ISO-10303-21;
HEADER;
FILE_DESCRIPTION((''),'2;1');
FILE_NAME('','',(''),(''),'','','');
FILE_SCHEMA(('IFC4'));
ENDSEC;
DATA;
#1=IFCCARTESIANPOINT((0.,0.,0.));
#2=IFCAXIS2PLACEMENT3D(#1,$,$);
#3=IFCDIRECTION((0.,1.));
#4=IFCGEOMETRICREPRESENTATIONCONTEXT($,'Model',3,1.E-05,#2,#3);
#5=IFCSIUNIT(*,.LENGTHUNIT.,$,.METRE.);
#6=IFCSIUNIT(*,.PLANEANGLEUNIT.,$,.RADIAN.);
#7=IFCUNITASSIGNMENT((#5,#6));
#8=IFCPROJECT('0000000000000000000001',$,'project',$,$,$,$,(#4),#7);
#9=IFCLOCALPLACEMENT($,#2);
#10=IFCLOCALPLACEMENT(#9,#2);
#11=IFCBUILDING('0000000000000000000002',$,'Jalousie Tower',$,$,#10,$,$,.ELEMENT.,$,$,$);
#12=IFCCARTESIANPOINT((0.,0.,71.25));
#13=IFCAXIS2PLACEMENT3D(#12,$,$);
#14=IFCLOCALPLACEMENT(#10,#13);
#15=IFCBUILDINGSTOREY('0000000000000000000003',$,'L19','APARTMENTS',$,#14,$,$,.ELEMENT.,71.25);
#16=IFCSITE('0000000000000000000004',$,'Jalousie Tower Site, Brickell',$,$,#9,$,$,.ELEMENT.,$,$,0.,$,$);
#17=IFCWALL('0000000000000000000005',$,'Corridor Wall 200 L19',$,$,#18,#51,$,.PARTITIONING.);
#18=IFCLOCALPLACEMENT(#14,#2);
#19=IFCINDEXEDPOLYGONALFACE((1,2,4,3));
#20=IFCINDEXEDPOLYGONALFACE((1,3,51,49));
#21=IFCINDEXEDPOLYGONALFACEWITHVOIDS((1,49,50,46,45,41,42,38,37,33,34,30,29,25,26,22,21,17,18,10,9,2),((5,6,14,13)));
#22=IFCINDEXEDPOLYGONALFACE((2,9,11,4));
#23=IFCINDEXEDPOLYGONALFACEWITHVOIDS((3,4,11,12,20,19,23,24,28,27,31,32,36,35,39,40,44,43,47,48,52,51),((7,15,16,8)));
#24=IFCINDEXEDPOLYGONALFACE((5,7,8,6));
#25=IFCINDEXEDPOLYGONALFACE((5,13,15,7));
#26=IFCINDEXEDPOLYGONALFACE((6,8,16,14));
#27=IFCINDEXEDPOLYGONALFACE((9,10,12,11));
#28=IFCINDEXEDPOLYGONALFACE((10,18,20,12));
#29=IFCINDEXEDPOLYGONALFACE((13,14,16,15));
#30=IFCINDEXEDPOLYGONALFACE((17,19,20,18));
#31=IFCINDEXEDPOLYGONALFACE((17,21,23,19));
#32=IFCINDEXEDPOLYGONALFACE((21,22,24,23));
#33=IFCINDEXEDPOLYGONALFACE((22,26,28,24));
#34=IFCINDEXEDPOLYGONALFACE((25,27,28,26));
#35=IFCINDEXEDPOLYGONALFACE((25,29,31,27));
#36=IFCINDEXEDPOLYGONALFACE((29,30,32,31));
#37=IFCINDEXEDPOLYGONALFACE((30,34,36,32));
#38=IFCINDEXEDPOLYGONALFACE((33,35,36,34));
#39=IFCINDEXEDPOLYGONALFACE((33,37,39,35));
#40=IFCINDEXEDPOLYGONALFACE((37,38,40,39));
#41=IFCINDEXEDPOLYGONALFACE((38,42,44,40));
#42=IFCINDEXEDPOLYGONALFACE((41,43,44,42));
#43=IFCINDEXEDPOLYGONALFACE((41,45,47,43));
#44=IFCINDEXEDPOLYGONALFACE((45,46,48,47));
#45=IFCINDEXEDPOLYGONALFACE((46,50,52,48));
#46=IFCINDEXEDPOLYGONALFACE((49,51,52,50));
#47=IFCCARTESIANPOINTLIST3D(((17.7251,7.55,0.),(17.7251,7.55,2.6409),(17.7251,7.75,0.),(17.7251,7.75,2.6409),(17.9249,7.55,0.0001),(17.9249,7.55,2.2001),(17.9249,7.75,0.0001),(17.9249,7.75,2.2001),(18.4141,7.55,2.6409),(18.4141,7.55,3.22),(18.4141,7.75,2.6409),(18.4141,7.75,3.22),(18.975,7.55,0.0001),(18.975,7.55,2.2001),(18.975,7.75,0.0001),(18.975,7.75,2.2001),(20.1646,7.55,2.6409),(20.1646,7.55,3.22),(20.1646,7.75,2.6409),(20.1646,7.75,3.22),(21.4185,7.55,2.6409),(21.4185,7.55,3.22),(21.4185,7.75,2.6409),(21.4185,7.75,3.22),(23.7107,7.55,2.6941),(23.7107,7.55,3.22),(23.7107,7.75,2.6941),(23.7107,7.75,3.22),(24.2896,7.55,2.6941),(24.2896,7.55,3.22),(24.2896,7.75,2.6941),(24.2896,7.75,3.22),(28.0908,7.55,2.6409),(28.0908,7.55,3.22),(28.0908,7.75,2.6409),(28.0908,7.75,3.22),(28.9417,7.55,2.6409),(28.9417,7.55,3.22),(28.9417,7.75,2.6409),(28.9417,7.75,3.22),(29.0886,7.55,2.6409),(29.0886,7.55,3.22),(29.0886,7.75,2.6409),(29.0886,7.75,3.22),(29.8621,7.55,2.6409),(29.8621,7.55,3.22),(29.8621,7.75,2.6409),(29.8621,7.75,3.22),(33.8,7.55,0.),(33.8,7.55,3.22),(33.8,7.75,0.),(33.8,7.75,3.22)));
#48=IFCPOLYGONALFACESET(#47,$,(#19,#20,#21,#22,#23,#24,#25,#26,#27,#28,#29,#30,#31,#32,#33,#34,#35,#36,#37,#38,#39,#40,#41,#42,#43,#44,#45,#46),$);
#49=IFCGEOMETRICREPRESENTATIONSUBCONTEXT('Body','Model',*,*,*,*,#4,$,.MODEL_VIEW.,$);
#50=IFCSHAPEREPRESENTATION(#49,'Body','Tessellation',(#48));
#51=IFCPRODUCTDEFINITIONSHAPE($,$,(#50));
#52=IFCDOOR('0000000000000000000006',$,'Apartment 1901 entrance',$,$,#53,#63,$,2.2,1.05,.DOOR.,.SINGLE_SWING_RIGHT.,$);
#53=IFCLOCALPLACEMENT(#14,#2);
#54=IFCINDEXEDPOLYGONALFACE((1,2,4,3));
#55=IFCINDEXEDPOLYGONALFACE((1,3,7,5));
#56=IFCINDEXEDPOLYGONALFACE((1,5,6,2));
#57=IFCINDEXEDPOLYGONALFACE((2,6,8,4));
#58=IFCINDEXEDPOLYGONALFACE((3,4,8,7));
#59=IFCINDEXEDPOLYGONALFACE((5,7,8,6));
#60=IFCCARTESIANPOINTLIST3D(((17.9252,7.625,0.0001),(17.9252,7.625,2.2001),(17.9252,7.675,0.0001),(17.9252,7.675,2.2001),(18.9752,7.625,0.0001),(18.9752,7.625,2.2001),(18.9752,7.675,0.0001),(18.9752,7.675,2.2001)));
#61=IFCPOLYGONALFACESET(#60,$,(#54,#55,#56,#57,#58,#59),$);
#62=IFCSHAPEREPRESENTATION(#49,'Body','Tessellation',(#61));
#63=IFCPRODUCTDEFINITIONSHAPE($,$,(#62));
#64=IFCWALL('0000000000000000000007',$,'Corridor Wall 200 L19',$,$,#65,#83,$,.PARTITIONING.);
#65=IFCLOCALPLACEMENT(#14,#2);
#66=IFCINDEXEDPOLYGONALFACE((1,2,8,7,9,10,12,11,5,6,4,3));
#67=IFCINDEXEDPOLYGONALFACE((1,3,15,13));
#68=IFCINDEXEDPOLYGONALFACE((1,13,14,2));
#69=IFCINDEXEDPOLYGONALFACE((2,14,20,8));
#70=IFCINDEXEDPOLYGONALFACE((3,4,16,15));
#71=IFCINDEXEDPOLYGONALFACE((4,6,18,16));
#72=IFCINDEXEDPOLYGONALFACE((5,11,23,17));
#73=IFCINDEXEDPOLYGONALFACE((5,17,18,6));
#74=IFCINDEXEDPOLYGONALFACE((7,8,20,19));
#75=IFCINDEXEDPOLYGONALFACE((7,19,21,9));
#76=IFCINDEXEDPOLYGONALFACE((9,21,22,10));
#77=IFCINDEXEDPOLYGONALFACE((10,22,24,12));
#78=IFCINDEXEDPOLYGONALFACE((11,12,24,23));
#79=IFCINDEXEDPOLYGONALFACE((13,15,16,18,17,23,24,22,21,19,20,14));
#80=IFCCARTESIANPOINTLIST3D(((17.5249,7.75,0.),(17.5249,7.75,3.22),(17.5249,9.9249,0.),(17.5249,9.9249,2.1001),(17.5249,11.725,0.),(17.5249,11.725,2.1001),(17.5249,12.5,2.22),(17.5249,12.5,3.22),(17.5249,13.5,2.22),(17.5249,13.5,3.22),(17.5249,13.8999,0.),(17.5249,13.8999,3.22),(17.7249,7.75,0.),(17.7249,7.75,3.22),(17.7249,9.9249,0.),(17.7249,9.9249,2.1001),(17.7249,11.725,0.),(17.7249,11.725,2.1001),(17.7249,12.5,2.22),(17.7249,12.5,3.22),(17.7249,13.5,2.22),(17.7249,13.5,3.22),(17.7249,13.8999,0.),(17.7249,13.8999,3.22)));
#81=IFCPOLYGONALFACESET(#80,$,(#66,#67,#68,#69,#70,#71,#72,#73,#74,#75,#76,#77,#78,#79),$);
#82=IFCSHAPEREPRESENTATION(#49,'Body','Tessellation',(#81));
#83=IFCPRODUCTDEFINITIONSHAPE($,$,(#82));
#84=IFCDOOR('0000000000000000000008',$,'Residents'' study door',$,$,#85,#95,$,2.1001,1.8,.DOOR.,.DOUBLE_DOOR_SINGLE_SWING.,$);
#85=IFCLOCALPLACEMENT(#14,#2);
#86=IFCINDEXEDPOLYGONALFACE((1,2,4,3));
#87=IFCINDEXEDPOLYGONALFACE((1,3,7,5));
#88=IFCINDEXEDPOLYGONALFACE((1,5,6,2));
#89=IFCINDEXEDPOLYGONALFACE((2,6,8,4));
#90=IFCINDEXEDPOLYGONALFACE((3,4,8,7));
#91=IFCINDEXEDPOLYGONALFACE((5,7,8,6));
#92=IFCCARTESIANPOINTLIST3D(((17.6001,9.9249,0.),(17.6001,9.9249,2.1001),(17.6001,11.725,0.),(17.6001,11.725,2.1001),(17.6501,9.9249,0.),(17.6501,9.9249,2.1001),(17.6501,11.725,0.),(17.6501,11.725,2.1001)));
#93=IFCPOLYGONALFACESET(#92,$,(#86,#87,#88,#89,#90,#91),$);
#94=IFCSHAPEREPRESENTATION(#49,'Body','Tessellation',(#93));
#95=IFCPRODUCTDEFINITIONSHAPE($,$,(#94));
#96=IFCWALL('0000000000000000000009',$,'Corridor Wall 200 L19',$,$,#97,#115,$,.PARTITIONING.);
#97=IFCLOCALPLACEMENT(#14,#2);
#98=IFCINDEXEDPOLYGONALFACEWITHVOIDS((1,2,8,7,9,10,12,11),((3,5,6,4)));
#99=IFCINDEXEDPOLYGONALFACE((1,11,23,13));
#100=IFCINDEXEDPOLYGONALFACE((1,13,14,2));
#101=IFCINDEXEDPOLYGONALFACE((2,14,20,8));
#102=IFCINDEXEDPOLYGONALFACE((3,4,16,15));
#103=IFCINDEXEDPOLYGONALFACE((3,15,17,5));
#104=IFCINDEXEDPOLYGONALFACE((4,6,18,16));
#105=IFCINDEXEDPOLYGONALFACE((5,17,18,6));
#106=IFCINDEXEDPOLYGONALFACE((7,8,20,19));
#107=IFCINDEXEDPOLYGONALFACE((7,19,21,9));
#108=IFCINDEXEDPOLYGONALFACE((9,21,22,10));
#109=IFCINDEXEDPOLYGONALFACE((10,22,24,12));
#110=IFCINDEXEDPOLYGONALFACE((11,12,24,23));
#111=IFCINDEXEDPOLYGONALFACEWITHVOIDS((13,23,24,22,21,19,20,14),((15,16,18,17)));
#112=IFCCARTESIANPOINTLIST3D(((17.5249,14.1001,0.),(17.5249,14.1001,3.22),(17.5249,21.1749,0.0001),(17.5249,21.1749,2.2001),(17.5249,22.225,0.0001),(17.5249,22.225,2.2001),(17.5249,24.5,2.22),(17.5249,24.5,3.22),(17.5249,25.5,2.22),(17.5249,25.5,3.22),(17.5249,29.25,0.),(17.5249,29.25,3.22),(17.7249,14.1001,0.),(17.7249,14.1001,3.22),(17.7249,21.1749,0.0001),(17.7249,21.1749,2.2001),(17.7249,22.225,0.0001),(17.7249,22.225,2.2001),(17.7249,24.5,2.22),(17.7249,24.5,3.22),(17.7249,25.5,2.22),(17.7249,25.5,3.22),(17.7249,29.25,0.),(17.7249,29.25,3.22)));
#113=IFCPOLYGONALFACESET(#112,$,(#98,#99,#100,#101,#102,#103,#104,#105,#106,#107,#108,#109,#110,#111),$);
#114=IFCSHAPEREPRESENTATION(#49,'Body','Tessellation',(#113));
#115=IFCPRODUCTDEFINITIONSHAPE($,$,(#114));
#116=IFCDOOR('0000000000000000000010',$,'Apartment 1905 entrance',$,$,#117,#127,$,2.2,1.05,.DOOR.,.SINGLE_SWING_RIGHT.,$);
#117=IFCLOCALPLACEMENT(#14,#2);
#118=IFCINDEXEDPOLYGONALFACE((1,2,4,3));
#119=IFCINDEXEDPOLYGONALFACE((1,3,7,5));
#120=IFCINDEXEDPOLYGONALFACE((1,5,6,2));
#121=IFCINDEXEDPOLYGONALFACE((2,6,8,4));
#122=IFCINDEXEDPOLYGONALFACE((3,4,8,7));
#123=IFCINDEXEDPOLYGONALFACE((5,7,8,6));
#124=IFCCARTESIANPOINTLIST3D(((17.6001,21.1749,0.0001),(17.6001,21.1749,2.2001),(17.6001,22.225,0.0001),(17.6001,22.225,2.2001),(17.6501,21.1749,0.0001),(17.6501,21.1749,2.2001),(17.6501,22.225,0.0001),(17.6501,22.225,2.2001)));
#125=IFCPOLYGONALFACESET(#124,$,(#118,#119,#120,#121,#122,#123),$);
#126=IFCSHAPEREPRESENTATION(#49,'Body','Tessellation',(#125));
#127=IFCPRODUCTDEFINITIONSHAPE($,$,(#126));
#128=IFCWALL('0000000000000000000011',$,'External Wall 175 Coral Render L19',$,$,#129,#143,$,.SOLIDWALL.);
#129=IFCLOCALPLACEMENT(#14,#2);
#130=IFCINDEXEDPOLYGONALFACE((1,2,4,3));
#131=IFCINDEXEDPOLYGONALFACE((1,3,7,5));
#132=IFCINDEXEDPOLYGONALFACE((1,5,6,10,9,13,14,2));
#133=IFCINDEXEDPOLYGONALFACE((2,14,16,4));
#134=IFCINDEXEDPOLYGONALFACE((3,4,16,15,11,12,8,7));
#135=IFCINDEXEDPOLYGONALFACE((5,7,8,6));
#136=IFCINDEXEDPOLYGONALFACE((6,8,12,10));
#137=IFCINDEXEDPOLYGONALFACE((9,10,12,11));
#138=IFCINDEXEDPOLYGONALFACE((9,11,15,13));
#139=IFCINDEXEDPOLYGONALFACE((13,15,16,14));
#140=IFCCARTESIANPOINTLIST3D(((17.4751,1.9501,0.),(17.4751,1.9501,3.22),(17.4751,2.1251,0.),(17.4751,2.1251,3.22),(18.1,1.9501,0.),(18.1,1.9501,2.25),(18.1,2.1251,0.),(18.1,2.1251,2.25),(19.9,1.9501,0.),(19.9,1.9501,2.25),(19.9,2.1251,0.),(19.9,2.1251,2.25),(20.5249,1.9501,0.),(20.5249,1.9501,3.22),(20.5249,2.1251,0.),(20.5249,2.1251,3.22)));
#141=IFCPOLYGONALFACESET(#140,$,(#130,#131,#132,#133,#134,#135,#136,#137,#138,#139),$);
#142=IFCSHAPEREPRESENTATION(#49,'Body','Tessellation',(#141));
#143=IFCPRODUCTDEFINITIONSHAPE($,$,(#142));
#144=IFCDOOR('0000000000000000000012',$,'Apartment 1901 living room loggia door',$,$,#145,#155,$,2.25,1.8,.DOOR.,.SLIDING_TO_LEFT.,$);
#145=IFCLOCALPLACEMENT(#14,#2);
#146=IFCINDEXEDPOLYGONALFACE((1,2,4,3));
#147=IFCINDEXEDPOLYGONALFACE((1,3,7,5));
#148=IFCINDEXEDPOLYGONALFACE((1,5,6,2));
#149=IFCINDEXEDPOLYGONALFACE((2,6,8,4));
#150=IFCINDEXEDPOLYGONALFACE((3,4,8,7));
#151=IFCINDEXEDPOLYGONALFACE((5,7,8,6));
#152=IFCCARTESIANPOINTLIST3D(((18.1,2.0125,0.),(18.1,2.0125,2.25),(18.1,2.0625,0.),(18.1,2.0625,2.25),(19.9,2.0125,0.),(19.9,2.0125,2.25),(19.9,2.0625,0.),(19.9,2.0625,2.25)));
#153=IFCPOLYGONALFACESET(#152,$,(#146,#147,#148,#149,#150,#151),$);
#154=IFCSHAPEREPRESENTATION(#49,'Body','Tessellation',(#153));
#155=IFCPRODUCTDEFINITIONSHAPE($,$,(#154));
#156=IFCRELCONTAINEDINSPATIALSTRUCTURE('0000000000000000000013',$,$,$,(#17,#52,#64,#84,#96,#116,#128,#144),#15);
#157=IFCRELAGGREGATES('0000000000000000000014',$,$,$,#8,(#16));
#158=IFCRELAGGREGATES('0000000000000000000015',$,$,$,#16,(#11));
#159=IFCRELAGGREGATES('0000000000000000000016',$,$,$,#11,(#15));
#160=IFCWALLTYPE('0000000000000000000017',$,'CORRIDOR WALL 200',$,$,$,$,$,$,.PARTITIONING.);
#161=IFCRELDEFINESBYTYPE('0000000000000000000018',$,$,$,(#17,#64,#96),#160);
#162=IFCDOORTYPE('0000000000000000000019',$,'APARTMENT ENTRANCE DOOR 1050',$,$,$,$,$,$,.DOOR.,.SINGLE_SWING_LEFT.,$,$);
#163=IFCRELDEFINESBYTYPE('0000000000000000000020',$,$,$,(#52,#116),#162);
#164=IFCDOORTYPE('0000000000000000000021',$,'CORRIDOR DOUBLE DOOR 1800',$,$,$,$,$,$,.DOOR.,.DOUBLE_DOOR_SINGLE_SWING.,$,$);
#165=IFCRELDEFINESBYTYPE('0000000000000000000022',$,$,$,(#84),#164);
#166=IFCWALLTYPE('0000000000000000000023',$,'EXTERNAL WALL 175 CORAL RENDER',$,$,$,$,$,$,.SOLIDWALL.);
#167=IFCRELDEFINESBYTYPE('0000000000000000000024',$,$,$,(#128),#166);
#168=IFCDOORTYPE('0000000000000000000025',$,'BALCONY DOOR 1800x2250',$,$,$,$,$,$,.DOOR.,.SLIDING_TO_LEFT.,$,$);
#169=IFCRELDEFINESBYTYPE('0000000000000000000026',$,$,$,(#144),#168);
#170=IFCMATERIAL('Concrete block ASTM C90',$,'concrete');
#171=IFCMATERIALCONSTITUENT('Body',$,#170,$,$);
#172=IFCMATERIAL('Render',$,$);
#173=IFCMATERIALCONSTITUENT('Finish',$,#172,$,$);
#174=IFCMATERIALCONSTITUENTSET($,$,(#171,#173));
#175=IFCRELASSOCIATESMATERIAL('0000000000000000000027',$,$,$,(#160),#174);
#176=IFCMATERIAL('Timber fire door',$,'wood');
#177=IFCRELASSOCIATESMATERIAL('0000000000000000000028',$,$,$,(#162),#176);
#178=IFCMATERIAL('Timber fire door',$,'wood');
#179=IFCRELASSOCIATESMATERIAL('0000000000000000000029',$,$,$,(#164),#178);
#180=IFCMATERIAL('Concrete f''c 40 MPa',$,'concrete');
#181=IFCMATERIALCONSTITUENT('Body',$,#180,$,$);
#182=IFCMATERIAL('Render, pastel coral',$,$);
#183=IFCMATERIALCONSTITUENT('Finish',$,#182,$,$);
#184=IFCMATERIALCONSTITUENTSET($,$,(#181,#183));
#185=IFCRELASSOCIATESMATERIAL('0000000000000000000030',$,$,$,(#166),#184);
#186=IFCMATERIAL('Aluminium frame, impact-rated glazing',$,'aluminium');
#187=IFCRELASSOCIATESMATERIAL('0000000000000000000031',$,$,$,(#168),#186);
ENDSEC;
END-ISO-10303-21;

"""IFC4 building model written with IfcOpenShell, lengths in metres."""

from ifc_helpers import new_model, si_unit, direction, frame, frame_2d, origin, place, context, subcontext, project, spatial, polyline, rectangle, outline, extrude, material, constituent, constituent_set, type_object, element, fill, save


model = new_model("IFC4")

# Units and contexts
model_context = context("Model", 3, precision=1e-05, world=origin(), true_north=direction((0.0, 1.0)))
body_context = subcontext(model_context, "Body", "Model", "MODEL_VIEW")
ifc_project = project(units=[si_unit("LENGTHUNIT", "METRE"), si_unit("PLANEANGLEUNIT", "RADIAN")], contexts=[model_context])

# Site, building, storey
site_placement = place(None, origin())
site = spatial("IfcSite", under=ifc_project, at=site_placement, Name="Jalousie Tower Site, Brickell", CompositionType="ELEMENT", RefElevation=0.0)
building_placement = place(site_placement, origin())
building = spatial("IfcBuilding", under=site, at=building_placement, Name="Jalousie Tower", CompositionType="ELEMENT")
storey_placement = place(building_placement, frame((0.0, 0.0, 71.25)))
storey = spatial("IfcBuildingStorey", under=building, at=storey_placement, Name="L19", Description="APARTMENTS", CompositionType="ELEMENT", Elevation=71.25)

# Walls, openings, doors
ifc_material_1 = material(Name="Concrete block ASTM C90", Category="concrete")
ifc_constituent_1 = constituent(ifc_material_1, Name="Body")
ifc_material_2 = material(Name="Render")
ifc_constituent_2 = constituent(ifc_material_2, Name="Finish")
ifc_constituent_set_1 = constituent_set(constituents=[ifc_constituent_1, ifc_constituent_2])
wall_type_1 = type_object("IfcWallType", Name="CORRIDOR WALL 200", PredefinedType="PARTITIONING", material=ifc_constituent_set_1)
wall_1_placement = place(storey_placement, frame((17.7251, 7.6499, 0.0), z_axis=(0.0, 0.0, 1.0), x_axis=(1.0, 0.0, 0.0)))
wall_1 = element("IfcWall", 1, at=wall_1_placement, inside=storey, type_object=wall_type_1, Name="Corridor Wall 200 L19", PredefinedType="PARTITIONING", context=body_context, shape_type="SweptSolid", body=[
    extrude(outline(polyline([(0.0, 0.0), (16.075, 0.0), (16.075, 3.22), (12.137, 3.22), (12.137, 2.6409), (11.3635, 2.6409), (11.3635, 3.22), (11.2166, 3.22), (11.2166, 2.6409), (10.3657, 2.6409), (10.3657, 3.22), (6.5645, 3.22), (6.5645, 2.6941), (5.9856, 2.6941), (5.9856, 3.22), (3.6934, 3.22), (3.6934, 2.6409), (2.4395, 2.6409), (2.4395, 3.22), (0.689, 3.22), (0.689, 2.6409), (0.0, 2.6409), (0.0, 0.0)])), frame((0.0, 0.1001, 0.0), z_axis=(0.0, -1.0, 0.0), x_axis=(1.0, 0.0, 0.0)), (0.0, 0.0, 1.0), 0.2),
])
opening_1_placement = place(wall_1_placement, frame((0.2, 0.0, 0.0)))
opening_1 = element("IfcOpeningElement", 2, at=opening_1_placement, cuts=wall_1, PredefinedType="OPENING", context=body_context, shape_type="SweptSolid", body=[
    extrude(rectangle(XDim=1.05, YDim=2.2, at=frame_2d((0.5249, 1.1001))), frame((0.0, 0.1099, 0.0), z_axis=(0.0, -1.0, 0.0), x_axis=(1.0, 0.0, 0.0)), (0.0, 0.0, 1.0), 0.22),
])
ifc_material_3 = material(Name="Timber fire door", Category="wood")
door_type_1 = type_object("IfcDoorType", Name="APARTMENT ENTRANCE DOOR 1050", OperationType="SINGLE_SWING_LEFT", PredefinedType="DOOR", material=ifc_material_3)
door_1_placement = place(opening_1_placement, frame((1.05, 0.0, 0.0), z_axis=(0.0, 0.0, 1.0), x_axis=(-1.0, 0.0, 0.0)))
door_1 = element("IfcDoor", 3, at=door_1_placement, inside=storey, type_object=door_type_1, Name="Apartment 1901 entrance", OperationType="SINGLE_SWING_RIGHT", OverallHeight=2.2, OverallWidth=1.05, PredefinedType="DOOR", context=body_context, shape_type="SweptSolid", body=[
    extrude(rectangle(XDim=1.05, YDim=2.2, at=frame_2d((0.5249, 1.1001))), frame((0.0, 0.0249, 0.0), z_axis=(0.0, -1.0, 0.0), x_axis=(1.0, 0.0, 0.0)), (0.0, 0.0, 1.0), 0.05),
])
fill(opening_1, door_1)
wall_2_placement = place(storey_placement, frame((17.625, 7.75, 0.0), z_axis=(0.0, 0.0, 1.0), x_axis=(0.0, 1.0, 0.0)))
wall_2 = element("IfcWall", 4, at=wall_2_placement, inside=storey, type_object=wall_type_1, Name="Corridor Wall 200 L19", PredefinedType="PARTITIONING", context=body_context, shape_type="SweptSolid", body=[
    extrude(outline(polyline([(0.0, 0.0), (6.1499, 0.0), (6.1499, 3.22), (5.75, 3.22), (5.75, 2.22), (4.75, 2.22), (4.75, 3.22), (0.0, 3.22), (0.0, 0.0)])), frame((0.0, 0.1001, 0.0), z_axis=(0.0, -1.0, 0.0), x_axis=(1.0, 0.0, 0.0)), (0.0, 0.0, 1.0), 0.2),
])
opening_2_placement = place(wall_2_placement, frame((2.175, 0.0, 0.0)))
opening_2 = element("IfcOpeningElement", 5, at=opening_2_placement, cuts=wall_2, PredefinedType="OPENING", context=body_context, shape_type="SweptSolid", body=[
    extrude(rectangle(XDim=1.8, YDim=2.1001, at=frame_2d((0.8999, 1.05))), frame((0.0, 0.1099, 0.0), z_axis=(0.0, -1.0, 0.0), x_axis=(1.0, 0.0, 0.0)), (0.0, 0.0, 1.0), 0.22),
])
ifc_material_4 = material(Name="Timber fire door", Category="wood")
door_type_2 = type_object("IfcDoorType", Name="CORRIDOR DOUBLE DOOR 1800", OperationType="DOUBLE_DOOR_SINGLE_SWING", PredefinedType="DOOR", material=ifc_material_4)
door_2_placement = place(opening_2_placement, origin())
door_2 = element("IfcDoor", 6, at=door_2_placement, inside=storey, type_object=door_type_2, Name="Residents' study door", OperationType="DOUBLE_DOOR_SINGLE_SWING", OverallHeight=2.1001, OverallWidth=1.8, PredefinedType="DOOR", context=body_context, shape_type="SweptSolid", body=[
    extrude(rectangle(XDim=1.8, YDim=2.1001, at=frame_2d((0.8999, 1.05))), frame((0.0, 0.0249, 0.0), z_axis=(0.0, -1.0, 0.0), x_axis=(1.0, 0.0, 0.0)), (0.0, 0.0, 1.0), 0.05),
])
fill(opening_2, door_2)
wall_3_placement = place(storey_placement, frame((17.625, 14.1001, 0.0), z_axis=(0.0, 0.0, 1.0), x_axis=(0.0, 1.0, 0.0)))
wall_3 = element("IfcWall", 7, at=wall_3_placement, inside=storey, type_object=wall_type_1, Name="Corridor Wall 200 L19", PredefinedType="PARTITIONING", context=body_context, shape_type="SweptSolid", body=[
    extrude(outline(polyline([(0.0, 0.0), (15.1499, 0.0), (15.1499, 3.22), (11.3999, 3.22), (11.3999, 2.22), (10.3999, 2.22), (10.3999, 3.22), (0.0, 3.22), (0.0, 0.0)])), frame((0.0, 0.1001, 0.0), z_axis=(0.0, -1.0, 0.0), x_axis=(1.0, 0.0, 0.0)), (0.0, 0.0, 1.0), 0.2),
])
opening_3_placement = place(wall_3_placement, frame((7.075, 0.0, 0.0)))
opening_3 = element("IfcOpeningElement", 8, at=opening_3_placement, cuts=wall_3, PredefinedType="OPENING", context=body_context, shape_type="SweptSolid", body=[
    extrude(rectangle(XDim=1.05, YDim=2.2, at=frame_2d((0.5249, 1.1001))), frame((0.0, 0.1099, 0.0), z_axis=(0.0, -1.0, 0.0), x_axis=(1.0, 0.0, 0.0)), (0.0, 0.0, 1.0), 0.22),
])
door_3_placement = place(opening_3_placement, origin())
door_3 = element("IfcDoor", 9, at=door_3_placement, inside=storey, type_object=door_type_1, Name="Apartment 1905 entrance", OperationType="SINGLE_SWING_RIGHT", OverallHeight=2.2, OverallWidth=1.05, PredefinedType="DOOR", context=body_context, shape_type="SweptSolid", body=[
    extrude(rectangle(XDim=1.05, YDim=2.2, at=frame_2d((0.5249, 1.1001))), frame((0.0, 0.0249, 0.0), z_axis=(0.0, -1.0, 0.0), x_axis=(1.0, 0.0, 0.0)), (0.0, 0.0, 1.0), 0.05),
])
fill(opening_3, door_3)
ifc_material_5 = material(Name="Concrete f'c 40 MPa", Category="concrete")
ifc_constituent_3 = constituent(ifc_material_5, Name="Body")
ifc_material_6 = material(Name="Render, pastel coral")
ifc_constituent_4 = constituent(ifc_material_6, Name="Finish")
ifc_constituent_set_2 = constituent_set(constituents=[ifc_constituent_3, ifc_constituent_4])
wall_type_2 = type_object("IfcWallType", Name="EXTERNAL WALL 175 CORAL RENDER", PredefinedType="SOLIDWALL", material=ifc_constituent_set_2)
wall_4_placement = place(storey_placement, frame((17.4751, 2.0376, 0.0), z_axis=(0.0, 0.0, 1.0), x_axis=(1.0, 0.0, 0.0)))
wall_4 = element("IfcWall", 10, at=wall_4_placement, inside=storey, type_object=wall_type_2, Name="External Wall 175 Coral Render L19", PredefinedType="SOLIDWALL", context=body_context, shape_type="SweptSolid", body=[
    extrude(rectangle(XDim=3.0498, YDim=0.175, at=frame_2d((1.5249, 0.0))), origin(), (0.0, 0.0, 1.0), 3.22),
])
opening_4_placement = place(wall_4_placement, frame((0.625, 0.0, 0.0)))
opening_4 = element("IfcOpeningElement", 11, at=opening_4_placement, cuts=wall_4, PredefinedType="OPENING", context=body_context, shape_type="SweptSolid", body=[
    extrude(rectangle(XDim=1.8, YDim=2.25, at=frame_2d((0.8999, 1.125))), frame((0.0, 0.0974, 0.0), z_axis=(0.0, -1.0, 0.0), x_axis=(1.0, 0.0, 0.0)), (0.0, 0.0, 1.0), 0.1951),
])
ifc_material_7 = material(Name="Aluminium frame, impact-rated glazing", Category="aluminium")
door_type_3 = type_object("IfcDoorType", Name="BALCONY DOOR 1800x2250", OperationType="SLIDING_TO_LEFT", PredefinedType="DOOR", material=ifc_material_7)
door_4_placement = place(opening_4_placement, origin())
door_4 = element("IfcDoor", 12, at=door_4_placement, inside=storey, type_object=door_type_3, Name="Apartment 1901 living room loggia door", OperationType="SLIDING_TO_LEFT", OverallHeight=2.25, OverallWidth=1.8, PredefinedType="DOOR", context=body_context, shape_type="SweptSolid", body=[
    extrude(rectangle(XDim=1.8, YDim=2.25, at=frame_2d((0.8999, 1.125))), frame((0.0, 0.0249, 0.0), z_axis=(0.0, -1.0, 0.0), x_axis=(1.0, 0.0, 0.0)), (0.0, 0.0, 1.0), 0.05),
])
fill(opening_4, door_4)

save(model, "model.ifc")
